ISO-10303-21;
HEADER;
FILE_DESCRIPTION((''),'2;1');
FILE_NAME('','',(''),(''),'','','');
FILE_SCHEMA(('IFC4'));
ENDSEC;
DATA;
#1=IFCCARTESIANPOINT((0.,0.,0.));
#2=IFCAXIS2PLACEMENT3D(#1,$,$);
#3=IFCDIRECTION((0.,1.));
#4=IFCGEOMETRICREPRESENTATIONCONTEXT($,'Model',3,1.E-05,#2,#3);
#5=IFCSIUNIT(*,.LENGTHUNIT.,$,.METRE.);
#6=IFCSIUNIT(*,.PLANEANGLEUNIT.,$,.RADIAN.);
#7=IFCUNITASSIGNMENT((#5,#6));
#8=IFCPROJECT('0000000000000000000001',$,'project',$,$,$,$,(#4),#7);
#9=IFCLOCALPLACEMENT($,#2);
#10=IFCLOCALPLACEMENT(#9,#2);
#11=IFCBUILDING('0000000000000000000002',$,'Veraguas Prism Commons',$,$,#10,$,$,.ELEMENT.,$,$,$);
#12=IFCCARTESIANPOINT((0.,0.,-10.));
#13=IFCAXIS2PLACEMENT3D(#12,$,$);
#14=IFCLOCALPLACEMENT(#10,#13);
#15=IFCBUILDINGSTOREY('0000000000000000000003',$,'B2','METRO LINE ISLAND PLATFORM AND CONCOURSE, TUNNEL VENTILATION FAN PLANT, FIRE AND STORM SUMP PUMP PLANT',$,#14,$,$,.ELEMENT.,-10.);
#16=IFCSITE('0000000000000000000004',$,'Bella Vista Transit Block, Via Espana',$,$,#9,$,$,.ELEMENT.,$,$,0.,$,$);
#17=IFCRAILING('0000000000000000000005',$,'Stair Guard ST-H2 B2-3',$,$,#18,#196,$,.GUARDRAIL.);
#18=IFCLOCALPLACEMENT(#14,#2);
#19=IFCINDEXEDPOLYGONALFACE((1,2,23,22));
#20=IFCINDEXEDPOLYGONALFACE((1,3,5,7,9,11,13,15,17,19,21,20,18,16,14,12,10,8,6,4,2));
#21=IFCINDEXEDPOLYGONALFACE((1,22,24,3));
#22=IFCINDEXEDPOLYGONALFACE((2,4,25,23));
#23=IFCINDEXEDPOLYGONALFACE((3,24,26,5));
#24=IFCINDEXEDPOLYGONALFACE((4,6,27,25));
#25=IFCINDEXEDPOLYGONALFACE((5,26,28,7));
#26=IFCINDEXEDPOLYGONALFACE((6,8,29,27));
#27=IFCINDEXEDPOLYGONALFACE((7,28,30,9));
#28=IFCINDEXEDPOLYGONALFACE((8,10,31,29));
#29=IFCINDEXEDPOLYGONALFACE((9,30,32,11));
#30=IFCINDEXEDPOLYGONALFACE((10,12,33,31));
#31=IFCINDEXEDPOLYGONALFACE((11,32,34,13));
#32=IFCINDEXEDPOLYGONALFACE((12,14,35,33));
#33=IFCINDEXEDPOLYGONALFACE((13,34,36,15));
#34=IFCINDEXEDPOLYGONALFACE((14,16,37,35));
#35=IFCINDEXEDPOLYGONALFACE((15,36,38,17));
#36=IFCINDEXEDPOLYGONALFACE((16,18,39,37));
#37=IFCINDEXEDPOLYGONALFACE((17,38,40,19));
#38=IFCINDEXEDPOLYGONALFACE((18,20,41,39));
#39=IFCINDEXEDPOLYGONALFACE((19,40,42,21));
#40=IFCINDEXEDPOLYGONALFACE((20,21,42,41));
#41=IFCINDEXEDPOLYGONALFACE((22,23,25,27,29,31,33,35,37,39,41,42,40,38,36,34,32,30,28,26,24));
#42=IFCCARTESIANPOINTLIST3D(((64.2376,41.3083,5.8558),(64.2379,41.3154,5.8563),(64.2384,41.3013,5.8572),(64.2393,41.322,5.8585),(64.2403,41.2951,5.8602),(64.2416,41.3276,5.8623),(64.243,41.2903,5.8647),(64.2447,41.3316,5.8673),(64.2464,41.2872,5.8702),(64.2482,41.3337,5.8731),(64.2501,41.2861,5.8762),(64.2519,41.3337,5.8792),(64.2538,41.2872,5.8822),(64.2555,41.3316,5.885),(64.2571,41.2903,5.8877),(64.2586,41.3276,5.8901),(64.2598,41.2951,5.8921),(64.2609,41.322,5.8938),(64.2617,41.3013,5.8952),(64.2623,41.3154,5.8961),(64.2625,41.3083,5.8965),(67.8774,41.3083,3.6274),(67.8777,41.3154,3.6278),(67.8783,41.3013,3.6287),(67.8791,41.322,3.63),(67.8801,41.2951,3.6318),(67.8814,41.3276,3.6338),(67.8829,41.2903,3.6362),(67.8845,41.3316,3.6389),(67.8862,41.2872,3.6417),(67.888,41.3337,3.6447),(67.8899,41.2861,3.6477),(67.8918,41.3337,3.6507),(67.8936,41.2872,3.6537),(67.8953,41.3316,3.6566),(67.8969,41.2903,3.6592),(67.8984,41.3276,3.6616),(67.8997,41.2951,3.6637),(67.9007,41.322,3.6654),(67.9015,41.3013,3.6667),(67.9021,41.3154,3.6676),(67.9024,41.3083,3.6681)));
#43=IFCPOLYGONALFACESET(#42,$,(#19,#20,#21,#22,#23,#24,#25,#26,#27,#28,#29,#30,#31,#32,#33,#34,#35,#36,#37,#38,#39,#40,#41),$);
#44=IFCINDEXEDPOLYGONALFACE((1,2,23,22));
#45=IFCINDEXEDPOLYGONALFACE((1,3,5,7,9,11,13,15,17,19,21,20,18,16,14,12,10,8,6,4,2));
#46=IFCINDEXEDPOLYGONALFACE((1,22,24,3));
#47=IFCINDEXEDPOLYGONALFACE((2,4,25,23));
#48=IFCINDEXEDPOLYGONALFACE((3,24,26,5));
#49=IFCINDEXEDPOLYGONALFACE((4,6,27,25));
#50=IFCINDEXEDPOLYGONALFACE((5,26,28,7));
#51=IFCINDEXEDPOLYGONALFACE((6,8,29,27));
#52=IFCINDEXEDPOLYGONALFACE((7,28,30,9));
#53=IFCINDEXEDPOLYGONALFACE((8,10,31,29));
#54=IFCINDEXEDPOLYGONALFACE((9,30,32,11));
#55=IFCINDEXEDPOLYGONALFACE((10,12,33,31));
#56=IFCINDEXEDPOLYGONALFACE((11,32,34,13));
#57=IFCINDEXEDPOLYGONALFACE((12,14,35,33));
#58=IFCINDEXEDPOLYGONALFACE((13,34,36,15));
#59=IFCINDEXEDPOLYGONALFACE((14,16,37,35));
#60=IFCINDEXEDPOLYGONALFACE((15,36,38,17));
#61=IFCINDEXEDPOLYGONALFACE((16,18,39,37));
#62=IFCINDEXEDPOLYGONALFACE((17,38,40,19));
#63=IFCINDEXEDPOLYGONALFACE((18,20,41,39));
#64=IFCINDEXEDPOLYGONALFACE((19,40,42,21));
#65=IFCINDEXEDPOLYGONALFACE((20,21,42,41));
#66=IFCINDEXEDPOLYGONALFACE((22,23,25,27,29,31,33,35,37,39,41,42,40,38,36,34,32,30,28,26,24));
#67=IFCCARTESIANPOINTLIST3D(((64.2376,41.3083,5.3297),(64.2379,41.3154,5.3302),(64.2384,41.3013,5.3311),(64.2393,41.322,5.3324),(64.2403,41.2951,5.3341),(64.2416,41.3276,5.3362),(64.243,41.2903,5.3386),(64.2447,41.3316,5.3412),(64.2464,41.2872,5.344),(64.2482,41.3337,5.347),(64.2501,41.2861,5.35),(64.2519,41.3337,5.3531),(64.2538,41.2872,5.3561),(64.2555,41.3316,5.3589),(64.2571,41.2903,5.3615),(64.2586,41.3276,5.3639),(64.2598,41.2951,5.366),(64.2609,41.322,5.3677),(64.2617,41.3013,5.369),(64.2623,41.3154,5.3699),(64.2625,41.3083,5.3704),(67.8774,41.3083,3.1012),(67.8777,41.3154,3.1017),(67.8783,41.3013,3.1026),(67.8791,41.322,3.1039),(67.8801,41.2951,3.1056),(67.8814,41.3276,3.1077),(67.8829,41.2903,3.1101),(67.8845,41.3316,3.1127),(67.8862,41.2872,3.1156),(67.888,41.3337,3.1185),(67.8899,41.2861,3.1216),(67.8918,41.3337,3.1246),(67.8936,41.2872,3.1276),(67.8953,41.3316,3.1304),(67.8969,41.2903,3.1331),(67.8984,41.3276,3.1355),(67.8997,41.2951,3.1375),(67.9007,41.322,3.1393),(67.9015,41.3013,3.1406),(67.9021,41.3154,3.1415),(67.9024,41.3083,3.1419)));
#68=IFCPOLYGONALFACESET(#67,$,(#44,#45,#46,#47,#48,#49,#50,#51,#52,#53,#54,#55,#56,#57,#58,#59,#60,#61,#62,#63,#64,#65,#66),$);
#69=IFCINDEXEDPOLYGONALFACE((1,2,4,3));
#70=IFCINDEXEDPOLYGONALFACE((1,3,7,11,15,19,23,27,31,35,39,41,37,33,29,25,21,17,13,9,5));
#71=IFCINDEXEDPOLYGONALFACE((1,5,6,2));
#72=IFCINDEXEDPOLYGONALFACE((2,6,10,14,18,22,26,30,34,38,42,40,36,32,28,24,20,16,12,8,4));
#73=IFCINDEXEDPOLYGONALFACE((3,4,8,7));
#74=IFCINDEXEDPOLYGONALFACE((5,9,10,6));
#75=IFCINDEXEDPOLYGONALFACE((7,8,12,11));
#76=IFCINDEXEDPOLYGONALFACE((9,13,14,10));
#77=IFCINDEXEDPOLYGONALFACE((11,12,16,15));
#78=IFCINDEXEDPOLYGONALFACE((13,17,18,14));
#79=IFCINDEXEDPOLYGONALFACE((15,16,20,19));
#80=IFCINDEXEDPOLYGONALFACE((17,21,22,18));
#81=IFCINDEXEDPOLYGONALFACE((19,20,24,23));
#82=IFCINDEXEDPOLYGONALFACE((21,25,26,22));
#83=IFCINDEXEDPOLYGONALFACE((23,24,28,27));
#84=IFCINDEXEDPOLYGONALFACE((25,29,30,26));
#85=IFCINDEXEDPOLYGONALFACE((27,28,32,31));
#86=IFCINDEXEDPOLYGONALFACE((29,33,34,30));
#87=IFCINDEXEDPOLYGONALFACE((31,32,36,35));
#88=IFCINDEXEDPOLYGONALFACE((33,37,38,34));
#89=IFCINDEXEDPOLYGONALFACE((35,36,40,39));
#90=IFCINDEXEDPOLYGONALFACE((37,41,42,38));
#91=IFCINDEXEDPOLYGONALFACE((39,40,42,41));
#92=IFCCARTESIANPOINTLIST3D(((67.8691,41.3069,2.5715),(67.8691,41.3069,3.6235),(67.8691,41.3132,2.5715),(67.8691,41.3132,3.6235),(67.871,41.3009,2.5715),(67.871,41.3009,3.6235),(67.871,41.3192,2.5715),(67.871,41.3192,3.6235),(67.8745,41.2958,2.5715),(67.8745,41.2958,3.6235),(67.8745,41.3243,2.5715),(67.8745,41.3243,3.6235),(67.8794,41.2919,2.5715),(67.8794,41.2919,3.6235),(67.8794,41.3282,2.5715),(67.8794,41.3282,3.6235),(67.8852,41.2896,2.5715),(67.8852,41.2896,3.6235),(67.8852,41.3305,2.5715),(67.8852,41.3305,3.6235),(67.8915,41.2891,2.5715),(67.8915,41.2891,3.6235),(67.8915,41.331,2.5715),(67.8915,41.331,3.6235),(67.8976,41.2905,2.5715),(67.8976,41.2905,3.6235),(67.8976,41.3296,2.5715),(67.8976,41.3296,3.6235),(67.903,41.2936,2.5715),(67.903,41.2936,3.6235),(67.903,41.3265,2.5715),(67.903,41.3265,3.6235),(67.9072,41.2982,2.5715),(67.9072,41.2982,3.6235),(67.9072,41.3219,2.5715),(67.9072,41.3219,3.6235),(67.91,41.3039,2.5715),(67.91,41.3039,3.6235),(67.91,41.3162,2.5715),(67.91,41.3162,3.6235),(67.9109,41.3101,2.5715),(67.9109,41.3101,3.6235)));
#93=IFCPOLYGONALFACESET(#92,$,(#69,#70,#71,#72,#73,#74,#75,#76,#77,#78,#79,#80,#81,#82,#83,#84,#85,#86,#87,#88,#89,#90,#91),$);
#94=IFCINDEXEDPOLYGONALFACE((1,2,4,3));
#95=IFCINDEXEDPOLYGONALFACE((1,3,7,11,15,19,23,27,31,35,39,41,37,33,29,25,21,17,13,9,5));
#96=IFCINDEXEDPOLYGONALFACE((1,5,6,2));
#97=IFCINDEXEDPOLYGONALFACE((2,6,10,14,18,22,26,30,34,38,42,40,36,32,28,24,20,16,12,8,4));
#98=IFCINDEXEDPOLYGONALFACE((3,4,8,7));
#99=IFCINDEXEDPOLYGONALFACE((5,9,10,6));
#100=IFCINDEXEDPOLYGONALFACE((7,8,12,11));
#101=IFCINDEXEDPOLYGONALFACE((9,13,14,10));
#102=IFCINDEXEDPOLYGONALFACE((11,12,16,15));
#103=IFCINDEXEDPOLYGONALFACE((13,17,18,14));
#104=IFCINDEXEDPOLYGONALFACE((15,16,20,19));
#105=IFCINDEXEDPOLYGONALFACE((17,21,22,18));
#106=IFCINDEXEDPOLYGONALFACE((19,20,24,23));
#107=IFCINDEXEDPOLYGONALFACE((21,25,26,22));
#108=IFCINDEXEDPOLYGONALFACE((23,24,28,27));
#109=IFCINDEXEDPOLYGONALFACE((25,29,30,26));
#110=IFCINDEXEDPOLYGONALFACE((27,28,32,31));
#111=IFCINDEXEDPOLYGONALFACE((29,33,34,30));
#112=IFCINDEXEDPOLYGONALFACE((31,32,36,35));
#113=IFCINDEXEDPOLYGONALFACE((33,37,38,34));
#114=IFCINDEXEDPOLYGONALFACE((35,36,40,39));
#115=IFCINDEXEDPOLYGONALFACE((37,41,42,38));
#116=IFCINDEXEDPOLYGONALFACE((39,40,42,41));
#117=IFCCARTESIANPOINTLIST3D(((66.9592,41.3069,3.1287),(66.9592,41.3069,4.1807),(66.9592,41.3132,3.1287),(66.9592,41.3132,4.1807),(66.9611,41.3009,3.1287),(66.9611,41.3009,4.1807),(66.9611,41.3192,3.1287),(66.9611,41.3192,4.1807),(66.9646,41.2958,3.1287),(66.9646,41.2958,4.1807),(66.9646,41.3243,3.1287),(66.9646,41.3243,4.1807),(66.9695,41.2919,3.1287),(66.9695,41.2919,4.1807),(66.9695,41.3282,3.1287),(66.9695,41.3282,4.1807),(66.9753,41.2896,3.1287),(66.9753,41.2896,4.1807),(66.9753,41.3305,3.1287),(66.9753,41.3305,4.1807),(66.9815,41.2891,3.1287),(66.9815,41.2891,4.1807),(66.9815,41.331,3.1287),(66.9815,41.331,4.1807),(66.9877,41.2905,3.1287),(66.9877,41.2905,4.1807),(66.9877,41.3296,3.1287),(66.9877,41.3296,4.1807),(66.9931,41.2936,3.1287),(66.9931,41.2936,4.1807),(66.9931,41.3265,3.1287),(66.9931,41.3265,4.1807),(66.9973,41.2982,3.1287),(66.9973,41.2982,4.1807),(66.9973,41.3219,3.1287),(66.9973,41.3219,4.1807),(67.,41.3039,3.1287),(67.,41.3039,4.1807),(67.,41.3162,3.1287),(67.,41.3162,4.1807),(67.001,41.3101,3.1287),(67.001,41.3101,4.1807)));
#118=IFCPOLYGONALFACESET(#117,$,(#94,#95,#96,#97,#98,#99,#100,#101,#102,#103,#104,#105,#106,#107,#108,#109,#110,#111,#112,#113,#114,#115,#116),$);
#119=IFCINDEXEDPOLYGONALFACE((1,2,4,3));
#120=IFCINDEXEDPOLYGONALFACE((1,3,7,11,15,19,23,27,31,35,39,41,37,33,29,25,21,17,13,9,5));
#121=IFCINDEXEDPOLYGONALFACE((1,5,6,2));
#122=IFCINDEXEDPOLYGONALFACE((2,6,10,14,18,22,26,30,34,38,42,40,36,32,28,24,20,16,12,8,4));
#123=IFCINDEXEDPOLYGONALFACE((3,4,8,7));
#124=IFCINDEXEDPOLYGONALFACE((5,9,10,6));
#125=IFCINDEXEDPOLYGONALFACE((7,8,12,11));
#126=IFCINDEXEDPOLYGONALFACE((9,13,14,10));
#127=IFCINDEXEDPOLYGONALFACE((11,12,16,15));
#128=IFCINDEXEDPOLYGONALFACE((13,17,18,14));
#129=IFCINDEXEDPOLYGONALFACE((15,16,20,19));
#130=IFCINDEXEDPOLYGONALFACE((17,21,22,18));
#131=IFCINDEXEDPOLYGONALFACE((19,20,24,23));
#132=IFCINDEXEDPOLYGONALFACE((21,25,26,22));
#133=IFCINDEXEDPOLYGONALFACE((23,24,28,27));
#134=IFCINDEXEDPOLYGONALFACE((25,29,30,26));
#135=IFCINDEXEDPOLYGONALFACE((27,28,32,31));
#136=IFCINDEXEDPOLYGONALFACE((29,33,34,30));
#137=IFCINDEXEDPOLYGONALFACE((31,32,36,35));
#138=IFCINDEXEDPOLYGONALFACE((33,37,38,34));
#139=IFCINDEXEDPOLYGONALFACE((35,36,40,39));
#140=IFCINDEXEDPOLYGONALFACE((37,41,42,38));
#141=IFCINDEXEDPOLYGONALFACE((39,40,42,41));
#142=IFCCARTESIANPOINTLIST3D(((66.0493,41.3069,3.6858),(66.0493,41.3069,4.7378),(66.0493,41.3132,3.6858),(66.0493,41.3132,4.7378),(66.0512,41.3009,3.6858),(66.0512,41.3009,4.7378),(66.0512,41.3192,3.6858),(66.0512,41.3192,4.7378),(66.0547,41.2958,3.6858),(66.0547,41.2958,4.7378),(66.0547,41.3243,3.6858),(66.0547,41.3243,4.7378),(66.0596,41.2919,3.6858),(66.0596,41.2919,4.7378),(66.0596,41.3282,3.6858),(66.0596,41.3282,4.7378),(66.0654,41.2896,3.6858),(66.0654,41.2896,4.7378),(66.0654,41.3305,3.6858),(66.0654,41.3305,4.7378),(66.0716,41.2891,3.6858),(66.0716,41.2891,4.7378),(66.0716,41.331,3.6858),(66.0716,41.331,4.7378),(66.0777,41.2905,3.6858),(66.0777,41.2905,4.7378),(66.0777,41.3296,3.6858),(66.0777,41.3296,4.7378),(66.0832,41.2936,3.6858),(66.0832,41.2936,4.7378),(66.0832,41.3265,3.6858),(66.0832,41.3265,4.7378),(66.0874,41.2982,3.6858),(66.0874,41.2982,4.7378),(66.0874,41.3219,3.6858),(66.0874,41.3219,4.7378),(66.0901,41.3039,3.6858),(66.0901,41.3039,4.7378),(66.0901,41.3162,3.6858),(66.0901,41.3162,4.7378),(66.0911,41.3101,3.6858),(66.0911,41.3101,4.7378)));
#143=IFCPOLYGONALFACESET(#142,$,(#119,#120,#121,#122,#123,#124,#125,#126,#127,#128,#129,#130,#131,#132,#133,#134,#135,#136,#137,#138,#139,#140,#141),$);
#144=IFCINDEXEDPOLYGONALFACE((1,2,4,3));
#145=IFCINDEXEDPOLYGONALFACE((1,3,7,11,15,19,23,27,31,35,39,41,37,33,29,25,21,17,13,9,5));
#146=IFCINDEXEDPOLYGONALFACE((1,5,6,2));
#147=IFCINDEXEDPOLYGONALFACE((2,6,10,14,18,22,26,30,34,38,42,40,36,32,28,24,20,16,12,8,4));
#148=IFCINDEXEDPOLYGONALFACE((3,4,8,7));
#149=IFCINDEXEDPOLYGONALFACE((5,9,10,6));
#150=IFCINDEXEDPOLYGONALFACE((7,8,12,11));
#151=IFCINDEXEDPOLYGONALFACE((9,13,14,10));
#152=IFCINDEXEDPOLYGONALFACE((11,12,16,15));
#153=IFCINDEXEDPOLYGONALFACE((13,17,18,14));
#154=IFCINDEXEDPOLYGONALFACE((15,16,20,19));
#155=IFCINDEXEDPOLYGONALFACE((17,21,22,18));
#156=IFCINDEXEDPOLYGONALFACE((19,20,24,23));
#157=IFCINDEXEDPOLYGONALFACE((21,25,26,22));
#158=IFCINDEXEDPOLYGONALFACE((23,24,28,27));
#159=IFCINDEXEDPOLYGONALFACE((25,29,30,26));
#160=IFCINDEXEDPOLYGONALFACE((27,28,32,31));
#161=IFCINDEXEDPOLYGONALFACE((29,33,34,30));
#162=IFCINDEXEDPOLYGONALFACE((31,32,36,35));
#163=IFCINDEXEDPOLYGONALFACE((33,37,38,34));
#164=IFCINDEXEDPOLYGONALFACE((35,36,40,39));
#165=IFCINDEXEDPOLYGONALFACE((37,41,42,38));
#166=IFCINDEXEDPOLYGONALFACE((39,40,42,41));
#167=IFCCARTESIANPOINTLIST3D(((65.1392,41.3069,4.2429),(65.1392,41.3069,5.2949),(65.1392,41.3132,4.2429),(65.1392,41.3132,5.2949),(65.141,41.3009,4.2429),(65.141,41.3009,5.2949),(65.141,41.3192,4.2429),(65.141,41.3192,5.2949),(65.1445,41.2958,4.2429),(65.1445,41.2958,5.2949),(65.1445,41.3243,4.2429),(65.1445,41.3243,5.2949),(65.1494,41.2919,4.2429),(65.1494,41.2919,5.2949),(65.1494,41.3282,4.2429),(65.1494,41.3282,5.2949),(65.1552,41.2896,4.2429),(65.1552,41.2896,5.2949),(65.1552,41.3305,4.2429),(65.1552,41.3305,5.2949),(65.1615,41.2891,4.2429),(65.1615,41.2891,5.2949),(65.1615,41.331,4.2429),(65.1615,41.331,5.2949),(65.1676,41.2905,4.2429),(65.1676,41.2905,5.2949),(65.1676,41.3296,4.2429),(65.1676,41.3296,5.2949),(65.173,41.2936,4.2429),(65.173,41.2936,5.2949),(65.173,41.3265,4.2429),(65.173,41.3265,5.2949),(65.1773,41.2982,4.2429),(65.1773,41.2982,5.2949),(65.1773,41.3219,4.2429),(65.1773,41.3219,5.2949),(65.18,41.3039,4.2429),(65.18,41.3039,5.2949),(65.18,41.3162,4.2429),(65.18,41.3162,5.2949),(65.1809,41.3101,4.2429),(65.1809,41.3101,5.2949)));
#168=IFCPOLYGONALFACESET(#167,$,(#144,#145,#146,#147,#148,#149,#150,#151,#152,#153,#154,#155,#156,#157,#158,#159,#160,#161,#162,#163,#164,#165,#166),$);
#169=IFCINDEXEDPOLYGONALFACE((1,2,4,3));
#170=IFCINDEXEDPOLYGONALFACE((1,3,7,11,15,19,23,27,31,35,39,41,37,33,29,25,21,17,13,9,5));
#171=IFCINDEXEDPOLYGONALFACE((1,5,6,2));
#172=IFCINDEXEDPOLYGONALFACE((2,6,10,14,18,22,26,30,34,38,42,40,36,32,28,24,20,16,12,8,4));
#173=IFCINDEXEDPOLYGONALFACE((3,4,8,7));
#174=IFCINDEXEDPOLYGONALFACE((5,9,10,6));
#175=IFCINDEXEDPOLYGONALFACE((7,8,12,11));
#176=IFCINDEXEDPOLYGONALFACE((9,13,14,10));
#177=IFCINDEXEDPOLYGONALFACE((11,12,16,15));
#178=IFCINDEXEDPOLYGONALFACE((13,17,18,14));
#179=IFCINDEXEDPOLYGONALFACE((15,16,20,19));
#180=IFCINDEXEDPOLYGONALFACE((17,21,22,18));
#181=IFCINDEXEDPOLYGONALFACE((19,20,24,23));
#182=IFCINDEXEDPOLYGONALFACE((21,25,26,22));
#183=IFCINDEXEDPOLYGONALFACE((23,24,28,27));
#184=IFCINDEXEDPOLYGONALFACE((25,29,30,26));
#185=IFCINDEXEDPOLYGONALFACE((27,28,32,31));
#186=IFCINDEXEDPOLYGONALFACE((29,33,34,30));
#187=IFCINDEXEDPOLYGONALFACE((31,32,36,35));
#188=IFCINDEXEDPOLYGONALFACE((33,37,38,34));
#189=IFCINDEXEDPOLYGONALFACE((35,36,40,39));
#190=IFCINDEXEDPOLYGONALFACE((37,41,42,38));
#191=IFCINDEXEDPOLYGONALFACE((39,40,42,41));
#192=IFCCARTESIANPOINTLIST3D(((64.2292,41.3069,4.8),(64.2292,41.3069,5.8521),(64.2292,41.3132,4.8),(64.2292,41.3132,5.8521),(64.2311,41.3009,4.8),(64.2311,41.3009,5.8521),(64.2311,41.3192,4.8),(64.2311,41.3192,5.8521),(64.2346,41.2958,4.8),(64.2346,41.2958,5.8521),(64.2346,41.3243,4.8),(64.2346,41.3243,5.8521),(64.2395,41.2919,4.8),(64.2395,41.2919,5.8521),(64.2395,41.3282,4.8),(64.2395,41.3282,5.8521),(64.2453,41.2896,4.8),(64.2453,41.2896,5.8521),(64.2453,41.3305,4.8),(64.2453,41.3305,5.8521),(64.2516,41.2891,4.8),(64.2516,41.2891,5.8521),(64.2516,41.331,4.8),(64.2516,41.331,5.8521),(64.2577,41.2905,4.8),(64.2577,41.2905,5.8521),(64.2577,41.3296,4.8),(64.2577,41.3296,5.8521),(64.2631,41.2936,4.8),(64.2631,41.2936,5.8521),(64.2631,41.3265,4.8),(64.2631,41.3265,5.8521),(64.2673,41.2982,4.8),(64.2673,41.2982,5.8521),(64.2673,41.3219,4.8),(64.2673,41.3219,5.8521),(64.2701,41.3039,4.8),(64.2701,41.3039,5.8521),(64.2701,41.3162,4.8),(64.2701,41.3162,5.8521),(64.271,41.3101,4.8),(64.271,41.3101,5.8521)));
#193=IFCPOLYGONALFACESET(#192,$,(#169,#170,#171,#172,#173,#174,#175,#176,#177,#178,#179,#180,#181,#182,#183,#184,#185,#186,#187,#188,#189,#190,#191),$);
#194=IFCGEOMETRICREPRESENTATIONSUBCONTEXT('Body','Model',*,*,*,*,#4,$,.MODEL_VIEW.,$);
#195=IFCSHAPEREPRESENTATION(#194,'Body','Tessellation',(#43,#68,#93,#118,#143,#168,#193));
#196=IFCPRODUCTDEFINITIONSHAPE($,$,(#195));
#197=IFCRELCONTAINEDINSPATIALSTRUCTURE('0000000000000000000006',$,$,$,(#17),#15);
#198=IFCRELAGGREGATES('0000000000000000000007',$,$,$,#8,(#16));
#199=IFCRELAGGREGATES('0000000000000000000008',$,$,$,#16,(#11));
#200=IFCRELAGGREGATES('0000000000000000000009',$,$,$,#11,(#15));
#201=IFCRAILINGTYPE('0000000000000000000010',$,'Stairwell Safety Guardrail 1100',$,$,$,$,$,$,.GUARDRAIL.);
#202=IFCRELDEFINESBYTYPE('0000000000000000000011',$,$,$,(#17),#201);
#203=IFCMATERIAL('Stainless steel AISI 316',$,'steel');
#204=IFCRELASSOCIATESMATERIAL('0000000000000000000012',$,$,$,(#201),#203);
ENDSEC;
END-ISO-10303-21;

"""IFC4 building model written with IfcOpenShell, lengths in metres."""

from ifc_helpers import new_model, si_unit, direction, frame, origin, origin_2d, place, context, subcontext, project, spatial, circle, extrude, material, type_object, element, save


model = new_model("IFC4")

# Units and contexts
model_context = context("Model", 3, precision=1e-05, world=origin(), true_north=direction((0.0, 1.0)))
body_context = subcontext(model_context, "Body", "Model", "MODEL_VIEW")
ifc_project = project(units=[si_unit("LENGTHUNIT", "METRE"), si_unit("PLANEANGLEUNIT", "RADIAN")], contexts=[model_context])

# Site, building, storey
site_placement = place(None, origin())
site = spatial("IfcSite", under=ifc_project, at=site_placement, Name="Bella Vista Transit Block, Via Espana", CompositionType="ELEMENT", RefElevation=0.0)
building_placement = place(site_placement, origin())
building = spatial("IfcBuilding", under=site, at=building_placement, Name="Veraguas Prism Commons", CompositionType="ELEMENT")
storey_placement = place(building_placement, frame((0.0, 0.0, -10.0)))
storey = spatial("IfcBuildingStorey", under=building, at=storey_placement, Name="B2", Description="METRO LINE ISLAND PLATFORM AND CONCOURSE, TUNNEL VENTILATION FAN PLANT, FIRE AND STORM SUMP PUMP PLANT", CompositionType="ELEMENT", Elevation=-10.0)

# Railing
ifc_material_1 = material(Name="Stainless steel AISI 316", Category="steel")
railing_type_1 = type_object("IfcRailingType", Name="Stairwell Safety Guardrail 1100", PredefinedType="GUARDRAIL", material=ifc_material_1)
railing_1_placement = place(storey_placement, frame((67.8899, 41.3101, 2.5715)))
element("IfcRailing", 1, at=railing_1_placement, inside=storey, type_object=railing_type_1, Name="Stair Guard ST-H2 B2-3", PredefinedType="GUARDRAIL", context=body_context, shape_type="SweptSolid", body=[
    extrude(circle(Radius=0.0239, at=origin_2d()), frame((0.0, 0.0, 1.0762), z_axis=(-0.85285, 0.0, 0.522156), x_axis=(0.0, -1.0, 0.0)), (0.0, 0.0, 1.0), 4.2678),
    extrude(circle(Radius=0.0239, at=origin_2d()), frame((0.0, 0.0, 0.55), z_axis=(-0.85285, 0.0, 0.522156), x_axis=(0.0, -1.0, 0.0)), (0.0, 0.0, 1.0), 4.2678),
    extrude(circle(Radius=0.021, at=origin_2d()), origin(), (0.0, 0.0, 1.0), 1.052),
    extrude(circle(Radius=0.021, at=origin_2d()), frame((-0.9099, 0.0, 0.5571)), (0.0, 0.0, 1.0), 1.052),
    extrude(circle(Radius=0.021, at=origin_2d()), frame((-1.8198, 0.0, 1.1143)), (0.0, 0.0, 1.0), 1.052),
    extrude(circle(Radius=0.021, at=origin_2d()), frame((-2.73, 0.0, 1.6714)), (0.0, 0.0, 1.0), 1.052),
    extrude(circle(Radius=0.021, at=origin_2d()), frame((-3.6399, 0.0, 2.2285)), (0.0, 0.0, 1.0), 1.052),
])

save(model, "model.ifc")
